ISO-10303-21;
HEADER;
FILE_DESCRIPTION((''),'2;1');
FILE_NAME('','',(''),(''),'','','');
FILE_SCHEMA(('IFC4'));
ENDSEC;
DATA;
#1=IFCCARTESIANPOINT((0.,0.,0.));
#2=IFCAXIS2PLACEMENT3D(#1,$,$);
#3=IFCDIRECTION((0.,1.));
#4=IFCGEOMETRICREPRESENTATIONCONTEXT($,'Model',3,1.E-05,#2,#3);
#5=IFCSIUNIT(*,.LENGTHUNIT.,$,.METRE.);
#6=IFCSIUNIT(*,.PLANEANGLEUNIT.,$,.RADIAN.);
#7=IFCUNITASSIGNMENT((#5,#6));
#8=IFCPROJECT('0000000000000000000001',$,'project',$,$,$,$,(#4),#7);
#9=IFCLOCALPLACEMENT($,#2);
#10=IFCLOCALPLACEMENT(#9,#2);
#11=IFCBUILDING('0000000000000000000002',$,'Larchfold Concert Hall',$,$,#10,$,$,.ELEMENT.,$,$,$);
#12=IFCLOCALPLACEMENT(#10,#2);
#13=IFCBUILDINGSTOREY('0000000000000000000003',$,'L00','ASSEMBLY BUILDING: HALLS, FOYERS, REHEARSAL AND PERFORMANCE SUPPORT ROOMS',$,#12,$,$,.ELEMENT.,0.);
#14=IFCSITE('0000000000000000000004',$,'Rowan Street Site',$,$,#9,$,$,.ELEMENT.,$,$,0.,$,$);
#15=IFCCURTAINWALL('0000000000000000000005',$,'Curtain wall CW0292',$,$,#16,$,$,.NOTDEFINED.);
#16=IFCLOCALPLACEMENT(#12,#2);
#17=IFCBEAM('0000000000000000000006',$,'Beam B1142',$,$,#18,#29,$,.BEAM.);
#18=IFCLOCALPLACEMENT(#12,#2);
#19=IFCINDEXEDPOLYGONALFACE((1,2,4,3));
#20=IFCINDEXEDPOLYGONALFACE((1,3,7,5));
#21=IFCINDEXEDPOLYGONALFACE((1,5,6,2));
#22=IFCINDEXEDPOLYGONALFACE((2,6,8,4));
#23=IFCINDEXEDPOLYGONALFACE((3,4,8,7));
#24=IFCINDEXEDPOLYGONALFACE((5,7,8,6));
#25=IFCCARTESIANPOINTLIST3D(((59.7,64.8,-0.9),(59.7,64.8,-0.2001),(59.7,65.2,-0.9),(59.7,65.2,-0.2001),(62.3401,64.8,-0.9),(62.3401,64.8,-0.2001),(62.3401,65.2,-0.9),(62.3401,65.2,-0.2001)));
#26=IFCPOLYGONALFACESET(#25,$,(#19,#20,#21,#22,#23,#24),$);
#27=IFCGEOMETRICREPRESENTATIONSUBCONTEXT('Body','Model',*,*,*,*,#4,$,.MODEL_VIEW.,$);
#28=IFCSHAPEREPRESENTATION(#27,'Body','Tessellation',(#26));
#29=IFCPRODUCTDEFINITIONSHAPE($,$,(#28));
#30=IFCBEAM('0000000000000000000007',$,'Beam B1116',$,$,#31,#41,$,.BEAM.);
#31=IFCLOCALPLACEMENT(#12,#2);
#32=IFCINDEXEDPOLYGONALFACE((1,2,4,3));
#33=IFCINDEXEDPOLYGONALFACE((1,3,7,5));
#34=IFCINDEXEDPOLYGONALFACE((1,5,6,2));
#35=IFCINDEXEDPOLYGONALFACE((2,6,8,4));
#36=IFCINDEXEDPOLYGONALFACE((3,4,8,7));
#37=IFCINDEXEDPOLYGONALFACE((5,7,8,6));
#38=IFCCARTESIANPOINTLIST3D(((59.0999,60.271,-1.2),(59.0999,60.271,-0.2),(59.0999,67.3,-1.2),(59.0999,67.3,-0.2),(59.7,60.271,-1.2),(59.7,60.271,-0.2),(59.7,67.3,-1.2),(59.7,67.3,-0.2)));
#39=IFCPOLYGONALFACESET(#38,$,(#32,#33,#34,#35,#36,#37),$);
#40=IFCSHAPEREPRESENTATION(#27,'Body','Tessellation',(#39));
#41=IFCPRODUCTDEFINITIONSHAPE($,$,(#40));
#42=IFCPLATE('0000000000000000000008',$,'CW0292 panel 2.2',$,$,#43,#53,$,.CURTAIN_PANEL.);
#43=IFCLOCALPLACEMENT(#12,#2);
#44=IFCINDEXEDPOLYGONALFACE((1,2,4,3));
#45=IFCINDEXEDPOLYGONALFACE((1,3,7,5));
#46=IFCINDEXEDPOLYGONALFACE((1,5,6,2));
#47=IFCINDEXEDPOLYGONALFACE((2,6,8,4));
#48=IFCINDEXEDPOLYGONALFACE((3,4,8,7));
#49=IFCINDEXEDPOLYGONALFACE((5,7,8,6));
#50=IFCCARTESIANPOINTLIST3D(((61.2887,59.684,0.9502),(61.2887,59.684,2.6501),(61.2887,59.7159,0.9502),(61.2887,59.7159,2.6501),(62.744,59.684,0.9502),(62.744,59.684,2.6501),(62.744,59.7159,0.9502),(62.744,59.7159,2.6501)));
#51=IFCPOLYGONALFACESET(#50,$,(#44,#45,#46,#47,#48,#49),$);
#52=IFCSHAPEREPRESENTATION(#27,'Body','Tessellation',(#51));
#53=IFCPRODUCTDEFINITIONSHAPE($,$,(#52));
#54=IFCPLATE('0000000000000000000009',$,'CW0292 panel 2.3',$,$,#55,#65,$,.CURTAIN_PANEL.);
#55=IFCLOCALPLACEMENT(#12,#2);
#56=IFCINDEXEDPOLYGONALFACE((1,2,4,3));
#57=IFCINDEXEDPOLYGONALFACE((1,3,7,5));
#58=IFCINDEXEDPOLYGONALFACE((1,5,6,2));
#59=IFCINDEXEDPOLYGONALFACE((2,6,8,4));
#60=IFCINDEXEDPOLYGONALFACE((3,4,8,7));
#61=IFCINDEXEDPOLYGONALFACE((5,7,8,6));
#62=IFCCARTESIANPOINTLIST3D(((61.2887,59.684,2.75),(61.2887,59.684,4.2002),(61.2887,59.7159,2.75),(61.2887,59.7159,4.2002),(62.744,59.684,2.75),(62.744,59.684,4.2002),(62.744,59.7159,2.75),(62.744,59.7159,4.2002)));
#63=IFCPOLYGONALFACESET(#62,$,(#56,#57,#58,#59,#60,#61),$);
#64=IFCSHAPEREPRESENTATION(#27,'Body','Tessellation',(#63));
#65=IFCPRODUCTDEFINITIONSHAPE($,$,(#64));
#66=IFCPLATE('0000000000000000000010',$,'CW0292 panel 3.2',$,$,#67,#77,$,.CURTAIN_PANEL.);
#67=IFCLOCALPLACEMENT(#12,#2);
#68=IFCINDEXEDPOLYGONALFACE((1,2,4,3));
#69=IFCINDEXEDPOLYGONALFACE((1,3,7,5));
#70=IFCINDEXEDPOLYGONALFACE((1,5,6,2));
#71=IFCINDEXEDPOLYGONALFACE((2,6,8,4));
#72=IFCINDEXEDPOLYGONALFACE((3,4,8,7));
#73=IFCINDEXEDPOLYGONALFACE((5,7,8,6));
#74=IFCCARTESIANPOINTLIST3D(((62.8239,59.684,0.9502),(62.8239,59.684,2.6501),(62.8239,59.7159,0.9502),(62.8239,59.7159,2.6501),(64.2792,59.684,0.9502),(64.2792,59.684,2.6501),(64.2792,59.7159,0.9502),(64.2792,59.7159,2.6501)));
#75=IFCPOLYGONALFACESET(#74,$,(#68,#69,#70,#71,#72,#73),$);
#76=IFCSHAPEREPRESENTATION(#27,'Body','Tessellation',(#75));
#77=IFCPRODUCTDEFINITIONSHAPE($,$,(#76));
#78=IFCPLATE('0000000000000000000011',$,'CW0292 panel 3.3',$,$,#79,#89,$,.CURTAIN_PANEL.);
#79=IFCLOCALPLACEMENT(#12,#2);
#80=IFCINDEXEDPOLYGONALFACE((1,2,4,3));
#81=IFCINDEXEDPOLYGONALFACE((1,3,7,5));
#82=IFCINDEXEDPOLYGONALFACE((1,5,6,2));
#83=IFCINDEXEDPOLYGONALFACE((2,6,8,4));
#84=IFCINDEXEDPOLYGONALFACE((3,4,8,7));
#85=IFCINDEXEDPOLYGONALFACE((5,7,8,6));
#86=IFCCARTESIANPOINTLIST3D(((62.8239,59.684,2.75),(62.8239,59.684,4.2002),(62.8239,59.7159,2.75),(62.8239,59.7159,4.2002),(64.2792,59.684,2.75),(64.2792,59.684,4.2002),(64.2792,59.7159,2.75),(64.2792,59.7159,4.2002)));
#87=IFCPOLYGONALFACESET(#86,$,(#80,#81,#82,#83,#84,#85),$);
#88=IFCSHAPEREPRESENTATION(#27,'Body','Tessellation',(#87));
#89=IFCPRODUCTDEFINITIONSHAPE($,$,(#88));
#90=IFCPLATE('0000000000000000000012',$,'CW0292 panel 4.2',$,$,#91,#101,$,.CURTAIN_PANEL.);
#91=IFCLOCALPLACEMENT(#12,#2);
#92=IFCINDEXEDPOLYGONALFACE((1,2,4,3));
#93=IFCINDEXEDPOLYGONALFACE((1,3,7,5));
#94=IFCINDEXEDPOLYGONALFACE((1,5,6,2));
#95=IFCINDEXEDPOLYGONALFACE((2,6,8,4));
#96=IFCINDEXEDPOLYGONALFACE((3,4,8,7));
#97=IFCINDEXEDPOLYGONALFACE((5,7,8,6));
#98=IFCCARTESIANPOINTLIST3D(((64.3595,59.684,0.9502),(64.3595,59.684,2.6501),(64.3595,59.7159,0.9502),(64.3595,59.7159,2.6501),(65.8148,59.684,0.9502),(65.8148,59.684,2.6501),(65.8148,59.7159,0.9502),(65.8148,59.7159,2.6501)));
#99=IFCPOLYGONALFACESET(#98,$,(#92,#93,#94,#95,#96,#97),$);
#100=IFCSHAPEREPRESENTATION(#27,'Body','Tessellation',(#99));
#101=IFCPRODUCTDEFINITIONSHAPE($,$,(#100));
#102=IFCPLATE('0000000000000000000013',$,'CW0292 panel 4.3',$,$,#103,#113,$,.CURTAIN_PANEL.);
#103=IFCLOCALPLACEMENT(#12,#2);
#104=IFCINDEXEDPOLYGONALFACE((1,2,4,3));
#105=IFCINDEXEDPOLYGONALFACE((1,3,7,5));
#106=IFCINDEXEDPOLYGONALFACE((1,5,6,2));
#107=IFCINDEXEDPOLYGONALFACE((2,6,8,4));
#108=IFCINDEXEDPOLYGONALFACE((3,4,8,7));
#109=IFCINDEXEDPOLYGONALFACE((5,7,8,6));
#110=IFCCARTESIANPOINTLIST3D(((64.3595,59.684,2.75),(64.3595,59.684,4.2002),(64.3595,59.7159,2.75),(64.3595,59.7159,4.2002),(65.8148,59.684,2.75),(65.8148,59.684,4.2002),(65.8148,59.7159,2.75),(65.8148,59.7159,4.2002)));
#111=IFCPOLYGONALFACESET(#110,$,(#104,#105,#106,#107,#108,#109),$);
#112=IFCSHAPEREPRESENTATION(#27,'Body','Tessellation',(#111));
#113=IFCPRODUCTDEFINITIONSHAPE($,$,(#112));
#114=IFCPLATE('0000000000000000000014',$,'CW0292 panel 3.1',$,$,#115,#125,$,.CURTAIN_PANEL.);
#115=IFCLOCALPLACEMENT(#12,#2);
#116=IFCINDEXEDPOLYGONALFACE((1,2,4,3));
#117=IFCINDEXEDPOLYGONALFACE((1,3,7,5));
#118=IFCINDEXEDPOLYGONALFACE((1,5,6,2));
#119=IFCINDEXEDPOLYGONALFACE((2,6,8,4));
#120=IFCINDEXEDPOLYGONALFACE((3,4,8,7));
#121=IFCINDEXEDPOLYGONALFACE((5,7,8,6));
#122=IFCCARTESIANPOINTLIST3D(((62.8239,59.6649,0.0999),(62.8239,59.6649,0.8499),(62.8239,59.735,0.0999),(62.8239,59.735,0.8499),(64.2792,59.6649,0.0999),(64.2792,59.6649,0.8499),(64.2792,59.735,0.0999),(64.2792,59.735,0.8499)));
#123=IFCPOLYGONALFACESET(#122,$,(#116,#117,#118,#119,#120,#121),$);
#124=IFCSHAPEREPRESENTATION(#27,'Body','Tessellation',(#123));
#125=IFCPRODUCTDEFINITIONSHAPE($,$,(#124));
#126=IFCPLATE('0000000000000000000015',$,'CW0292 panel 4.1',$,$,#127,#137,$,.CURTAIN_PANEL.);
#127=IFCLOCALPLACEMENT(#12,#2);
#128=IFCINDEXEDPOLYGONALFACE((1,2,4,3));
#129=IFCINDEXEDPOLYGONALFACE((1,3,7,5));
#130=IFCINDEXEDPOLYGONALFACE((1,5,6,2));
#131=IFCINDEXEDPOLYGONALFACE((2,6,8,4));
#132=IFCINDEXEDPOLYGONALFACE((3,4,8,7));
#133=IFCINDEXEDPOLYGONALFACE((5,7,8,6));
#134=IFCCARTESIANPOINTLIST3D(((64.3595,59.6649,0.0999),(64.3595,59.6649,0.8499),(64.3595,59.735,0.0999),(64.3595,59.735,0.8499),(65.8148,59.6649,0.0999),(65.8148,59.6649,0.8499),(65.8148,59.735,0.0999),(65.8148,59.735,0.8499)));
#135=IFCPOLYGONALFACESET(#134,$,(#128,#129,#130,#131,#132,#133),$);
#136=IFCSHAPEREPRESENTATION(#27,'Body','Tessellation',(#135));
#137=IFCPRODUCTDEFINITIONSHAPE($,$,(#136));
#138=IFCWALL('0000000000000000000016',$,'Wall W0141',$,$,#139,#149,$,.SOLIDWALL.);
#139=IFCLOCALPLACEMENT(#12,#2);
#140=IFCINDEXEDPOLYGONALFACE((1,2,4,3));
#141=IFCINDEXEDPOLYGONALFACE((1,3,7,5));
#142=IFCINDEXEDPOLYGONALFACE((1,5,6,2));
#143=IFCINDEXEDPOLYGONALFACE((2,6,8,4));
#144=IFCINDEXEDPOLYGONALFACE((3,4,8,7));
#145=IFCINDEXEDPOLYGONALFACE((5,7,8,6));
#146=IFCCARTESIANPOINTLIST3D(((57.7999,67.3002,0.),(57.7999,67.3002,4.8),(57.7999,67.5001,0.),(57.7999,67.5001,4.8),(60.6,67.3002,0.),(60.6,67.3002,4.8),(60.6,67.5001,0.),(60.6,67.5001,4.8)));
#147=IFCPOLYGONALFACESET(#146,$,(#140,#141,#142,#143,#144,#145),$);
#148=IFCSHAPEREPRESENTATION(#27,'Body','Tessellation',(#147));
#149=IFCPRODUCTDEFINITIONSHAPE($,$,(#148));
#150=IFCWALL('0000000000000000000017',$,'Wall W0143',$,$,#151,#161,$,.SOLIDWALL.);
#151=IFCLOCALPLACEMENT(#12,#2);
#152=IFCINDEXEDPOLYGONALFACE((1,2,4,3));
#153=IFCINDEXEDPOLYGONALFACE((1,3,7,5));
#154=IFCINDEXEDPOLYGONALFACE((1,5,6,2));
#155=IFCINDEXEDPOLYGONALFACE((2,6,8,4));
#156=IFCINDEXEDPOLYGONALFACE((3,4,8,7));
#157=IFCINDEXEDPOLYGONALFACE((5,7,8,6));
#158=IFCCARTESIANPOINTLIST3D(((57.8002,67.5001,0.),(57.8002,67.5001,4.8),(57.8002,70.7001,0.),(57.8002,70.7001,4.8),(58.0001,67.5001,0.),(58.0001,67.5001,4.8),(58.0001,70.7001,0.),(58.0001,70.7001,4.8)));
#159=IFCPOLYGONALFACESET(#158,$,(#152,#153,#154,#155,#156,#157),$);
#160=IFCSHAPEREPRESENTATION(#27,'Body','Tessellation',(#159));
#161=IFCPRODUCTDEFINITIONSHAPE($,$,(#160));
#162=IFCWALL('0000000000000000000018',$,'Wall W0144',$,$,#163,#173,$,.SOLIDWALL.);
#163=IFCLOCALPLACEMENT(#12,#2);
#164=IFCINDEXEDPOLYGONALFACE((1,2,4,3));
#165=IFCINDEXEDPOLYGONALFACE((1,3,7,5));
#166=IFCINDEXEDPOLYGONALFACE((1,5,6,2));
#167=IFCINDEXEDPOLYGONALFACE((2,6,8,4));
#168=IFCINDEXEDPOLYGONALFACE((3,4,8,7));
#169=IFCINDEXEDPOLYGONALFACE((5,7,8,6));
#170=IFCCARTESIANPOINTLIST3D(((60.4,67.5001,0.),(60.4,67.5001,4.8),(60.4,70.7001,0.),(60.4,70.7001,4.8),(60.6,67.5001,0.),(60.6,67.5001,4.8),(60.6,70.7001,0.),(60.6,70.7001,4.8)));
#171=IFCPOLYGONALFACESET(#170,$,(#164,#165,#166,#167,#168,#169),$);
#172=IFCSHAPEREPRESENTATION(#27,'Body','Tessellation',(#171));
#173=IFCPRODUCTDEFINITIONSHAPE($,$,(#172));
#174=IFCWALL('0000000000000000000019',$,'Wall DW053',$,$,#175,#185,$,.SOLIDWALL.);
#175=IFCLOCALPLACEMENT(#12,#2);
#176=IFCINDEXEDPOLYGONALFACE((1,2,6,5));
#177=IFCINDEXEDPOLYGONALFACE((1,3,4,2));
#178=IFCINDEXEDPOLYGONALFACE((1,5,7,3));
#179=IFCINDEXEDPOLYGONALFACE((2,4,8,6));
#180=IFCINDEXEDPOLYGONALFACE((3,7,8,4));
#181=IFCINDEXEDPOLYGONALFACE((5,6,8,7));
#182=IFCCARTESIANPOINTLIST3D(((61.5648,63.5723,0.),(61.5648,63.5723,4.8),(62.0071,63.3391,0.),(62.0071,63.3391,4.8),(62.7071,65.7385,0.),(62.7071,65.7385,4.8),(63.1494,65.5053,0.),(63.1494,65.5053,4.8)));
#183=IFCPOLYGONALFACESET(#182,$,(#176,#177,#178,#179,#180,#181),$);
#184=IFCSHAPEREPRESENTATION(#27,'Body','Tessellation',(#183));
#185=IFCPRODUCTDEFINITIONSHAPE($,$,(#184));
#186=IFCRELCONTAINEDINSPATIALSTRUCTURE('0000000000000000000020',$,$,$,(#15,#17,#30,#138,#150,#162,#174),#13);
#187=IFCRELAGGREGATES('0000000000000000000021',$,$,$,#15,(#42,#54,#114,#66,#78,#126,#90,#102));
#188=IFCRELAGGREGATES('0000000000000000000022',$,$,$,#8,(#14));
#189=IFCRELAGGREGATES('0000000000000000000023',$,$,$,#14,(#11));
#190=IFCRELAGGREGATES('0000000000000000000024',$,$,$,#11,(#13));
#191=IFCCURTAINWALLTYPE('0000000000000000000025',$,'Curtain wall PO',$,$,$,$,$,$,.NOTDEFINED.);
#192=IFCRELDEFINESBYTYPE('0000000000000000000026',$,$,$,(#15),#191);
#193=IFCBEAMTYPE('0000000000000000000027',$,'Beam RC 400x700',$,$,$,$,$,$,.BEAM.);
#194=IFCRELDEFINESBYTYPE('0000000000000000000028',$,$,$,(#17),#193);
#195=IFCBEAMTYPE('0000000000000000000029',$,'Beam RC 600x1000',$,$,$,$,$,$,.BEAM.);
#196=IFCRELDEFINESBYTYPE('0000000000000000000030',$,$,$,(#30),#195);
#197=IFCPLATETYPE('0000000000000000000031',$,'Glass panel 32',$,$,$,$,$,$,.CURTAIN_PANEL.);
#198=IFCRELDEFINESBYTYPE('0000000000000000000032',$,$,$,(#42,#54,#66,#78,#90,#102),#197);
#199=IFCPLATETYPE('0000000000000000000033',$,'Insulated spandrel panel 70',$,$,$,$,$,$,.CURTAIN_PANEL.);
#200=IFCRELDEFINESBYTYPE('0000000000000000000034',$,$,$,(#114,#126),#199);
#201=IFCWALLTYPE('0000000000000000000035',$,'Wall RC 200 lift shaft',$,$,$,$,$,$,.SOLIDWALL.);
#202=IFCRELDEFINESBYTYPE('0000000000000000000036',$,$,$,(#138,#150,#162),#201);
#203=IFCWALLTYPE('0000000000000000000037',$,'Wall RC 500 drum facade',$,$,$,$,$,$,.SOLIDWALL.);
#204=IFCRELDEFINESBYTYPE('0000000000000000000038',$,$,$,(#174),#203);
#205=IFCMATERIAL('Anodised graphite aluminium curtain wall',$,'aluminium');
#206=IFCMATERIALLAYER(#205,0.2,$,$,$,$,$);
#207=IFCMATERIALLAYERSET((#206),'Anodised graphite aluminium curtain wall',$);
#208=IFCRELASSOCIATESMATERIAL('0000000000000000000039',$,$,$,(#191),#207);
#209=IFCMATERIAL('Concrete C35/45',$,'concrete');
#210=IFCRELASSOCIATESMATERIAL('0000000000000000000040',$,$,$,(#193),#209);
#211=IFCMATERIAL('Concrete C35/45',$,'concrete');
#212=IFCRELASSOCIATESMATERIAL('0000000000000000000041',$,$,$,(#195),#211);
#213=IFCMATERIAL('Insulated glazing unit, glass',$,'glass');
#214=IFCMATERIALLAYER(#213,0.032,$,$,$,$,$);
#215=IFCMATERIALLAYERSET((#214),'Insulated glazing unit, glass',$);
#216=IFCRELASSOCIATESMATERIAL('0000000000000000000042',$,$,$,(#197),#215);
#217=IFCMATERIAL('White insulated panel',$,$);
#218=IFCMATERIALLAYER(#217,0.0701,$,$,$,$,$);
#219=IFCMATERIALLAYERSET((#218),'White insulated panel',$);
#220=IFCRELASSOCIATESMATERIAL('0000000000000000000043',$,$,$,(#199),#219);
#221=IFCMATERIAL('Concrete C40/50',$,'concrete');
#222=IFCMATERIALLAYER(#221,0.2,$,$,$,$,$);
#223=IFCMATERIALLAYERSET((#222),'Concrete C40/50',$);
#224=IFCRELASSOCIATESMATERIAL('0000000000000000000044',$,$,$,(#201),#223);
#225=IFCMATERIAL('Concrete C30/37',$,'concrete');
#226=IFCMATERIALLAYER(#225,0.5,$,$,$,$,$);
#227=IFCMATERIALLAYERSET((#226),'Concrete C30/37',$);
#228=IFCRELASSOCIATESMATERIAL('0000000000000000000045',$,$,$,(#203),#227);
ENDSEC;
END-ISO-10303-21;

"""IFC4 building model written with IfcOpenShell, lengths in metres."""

from ifc_helpers import new_model, si_unit, direction, frame, frame_2d, origin, origin_2d, place, context, subcontext, project, spatial, rectangle, extrude, material, layer, layer_set, material_profile, profile_set, type_object, element, aggregate, save


model = new_model("IFC4")

# Units and contexts
model_context = context("Model", 3, precision=1e-05, world=origin(), true_north=direction((0.0, 1.0)))
body_context = subcontext(model_context, "Body", "Model", "MODEL_VIEW")
ifc_project = project(units=[si_unit("LENGTHUNIT", "METRE"), si_unit("PLANEANGLEUNIT", "RADIAN")], contexts=[model_context])

# Site, building, storey
site_placement = place(None, origin())
site = spatial("IfcSite", under=ifc_project, at=site_placement, Name="Rowan Street Site", CompositionType="ELEMENT", RefElevation=0.0)
building_placement = place(site_placement, origin())
building = spatial("IfcBuilding", under=site, at=building_placement, Name="Larchfold Concert Hall", CompositionType="ELEMENT")
storey_placement = place(building_placement, origin())
storey = spatial("IfcBuildingStorey", under=building, at=storey_placement, Name="L00", Description="ASSEMBLY BUILDING: HALLS, FOYERS, REHEARSAL AND PERFORMANCE SUPPORT ROOMS", CompositionType="ELEMENT", Elevation=0.0)

# Curtain wall
ifc_material_1 = material(Name="Anodised graphite aluminium curtain wall", Category="aluminium")
ifc_layer_1 = layer(ifc_material_1, 0.2)
ifc_layer_set_1 = layer_set([ifc_layer_1], Name="Anodised graphite aluminium curtain wall")
curtain_wall_type = type_object("IfcCurtainWallType", Name="Curtain wall PO", PredefinedType="NOTDEFINED", material=ifc_layer_set_1)
curtain_wall_placement = place(storey_placement, origin())
curtain_wall = element("IfcCurtainWall", 1, at=curtain_wall_placement, inside=storey, type_object=curtain_wall_type, Name="Curtain wall CW0292", PredefinedType="NOTDEFINED")

# Beams
ifc_material_2 = material(Name="Concrete C35/45", Category="concrete")
ifc_material_profile_1 = material_profile(ifc_material_2, rectangle(XDim=0.3999, YDim=0.7, at=origin_2d()))
ifc_profile_set_1 = profile_set([ifc_material_profile_1], Name="Concrete C35/45")
beam_type_1 = type_object("IfcBeamType", Name="Beam RC 400x700", PredefinedType="BEAM", material=ifc_profile_set_1)
beam_1_placement = place(storey_placement, frame((59.7, 65.0, -0.55), z_axis=(1.0, 0.0, 0.0), x_axis=(0.0, 1.0, 0.0)))
element("IfcBeam", 2, at=beam_1_placement, inside=storey, type_object=beam_type_1, Name="Beam B1142", PredefinedType="BEAM", context=body_context, shape_type="SweptSolid", body=[
    extrude(rectangle(XDim=0.3999, YDim=0.7, at=origin_2d()), origin(), (0.0, 0.0, 1.0), 2.6401),
])
ifc_material_3 = material(Name="Concrete C35/45", Category="concrete")
ifc_material_profile_2 = material_profile(ifc_material_3, rectangle(XDim=0.6001, YDim=1.0, at=origin_2d()))
ifc_profile_set_2 = profile_set([ifc_material_profile_2], Name="Concrete C35/45")
beam_type_2 = type_object("IfcBeamType", Name="Beam RC 600x1000", PredefinedType="BEAM", material=ifc_profile_set_2)
beam_2_placement = place(storey_placement, frame((59.3999, 60.271, -0.7), z_axis=(0.0, 1.0, 0.0), x_axis=(-1.0, 0.0, 0.0)))
element("IfcBeam", 3, at=beam_2_placement, inside=storey, type_object=beam_type_2, Name="Beam B1116", PredefinedType="BEAM", context=body_context, shape_type="SweptSolid", body=[
    extrude(rectangle(XDim=0.6001, YDim=1.0, at=origin_2d()), origin(), (0.0, 0.0, 1.0), 7.0291),
])

# Plates
ifc_material_4 = material(Name="Insulated glazing unit, glass", Category="glass")
ifc_layer_2 = layer(ifc_material_4, 0.032)
ifc_layer_set_2 = layer_set([ifc_layer_2], Name="Insulated glazing unit, glass")
plate_type_1 = type_object("IfcPlateType", Name="Glass panel 32", PredefinedType="CURTAIN_PANEL", material=ifc_layer_set_2)
plate_1_placement = place(storey_placement, frame((62.0164, 59.7, 0.9502), z_axis=(0.0, 0.0, 1.0), x_axis=(1.0, 0.0, 0.0)))
plate_1 = element("IfcPlate", 4, at=plate_1_placement, type_object=plate_type_1, Name="CW0292 panel 2.2", PredefinedType="CURTAIN_PANEL", context=body_context, shape_type="SweptSolid", body=[
    extrude(rectangle(XDim=1.4553, YDim=0.032, at=origin_2d()), origin(), (0.0, 0.0, 1.0), 1.7),
])
plate_2_placement = place(storey_placement, frame((62.0164, 59.7, 2.75), z_axis=(0.0, 0.0, 1.0), x_axis=(1.0, 0.0, 0.0)))
plate_2 = element("IfcPlate", 5, at=plate_2_placement, type_object=plate_type_1, Name="CW0292 panel 2.3", PredefinedType="CURTAIN_PANEL", context=body_context, shape_type="SweptSolid", body=[
    extrude(rectangle(XDim=1.4553, YDim=0.032, at=origin_2d()), origin(), (0.0, 0.0, 1.0), 1.4502),
])
plate_3_placement = place(storey_placement, frame((63.5515, 59.7, 0.9502), z_axis=(0.0, 0.0, 1.0), x_axis=(1.0, 0.0, 0.0)))
plate_3 = element("IfcPlate", 6, at=plate_3_placement, type_object=plate_type_1, Name="CW0292 panel 3.2", PredefinedType="CURTAIN_PANEL", context=body_context, shape_type="SweptSolid", body=[
    extrude(rectangle(XDim=1.4553, YDim=0.032, at=origin_2d()), origin(), (0.0, 0.0, 1.0), 1.7),
])
plate_4_placement = place(storey_placement, frame((63.5515, 59.7, 2.75), z_axis=(0.0, 0.0, 1.0), x_axis=(1.0, 0.0, 0.0)))
plate_4 = element("IfcPlate", 7, at=plate_4_placement, type_object=plate_type_1, Name="CW0292 panel 3.3", PredefinedType="CURTAIN_PANEL", context=body_context, shape_type="SweptSolid", body=[
    extrude(rectangle(XDim=1.4553, YDim=0.032, at=origin_2d()), origin(), (0.0, 0.0, 1.0), 1.4502),
])
plate_5_placement = place(storey_placement, frame((65.0872, 59.7, 0.9502), z_axis=(0.0, 0.0, 1.0), x_axis=(1.0, 0.0, 0.0)))
plate_5 = element("IfcPlate", 8, at=plate_5_placement, type_object=plate_type_1, Name="CW0292 panel 4.2", PredefinedType="CURTAIN_PANEL", context=body_context, shape_type="SweptSolid", body=[
    extrude(rectangle(XDim=1.4553, YDim=0.032, at=origin_2d()), origin(), (0.0, 0.0, 1.0), 1.7),
])
plate_6_placement = place(storey_placement, frame((65.0872, 59.7, 2.75), z_axis=(0.0, 0.0, 1.0), x_axis=(1.0, 0.0, 0.0)))
plate_6 = element("IfcPlate", 9, at=plate_6_placement, type_object=plate_type_1, Name="CW0292 panel 4.3", PredefinedType="CURTAIN_PANEL", context=body_context, shape_type="SweptSolid", body=[
    extrude(rectangle(XDim=1.4553, YDim=0.032, at=origin_2d()), origin(), (0.0, 0.0, 1.0), 1.4502),
])
ifc_material_5 = material(Name="White insulated panel")
ifc_layer_3 = layer(ifc_material_5, 0.0701)
ifc_layer_set_3 = layer_set([ifc_layer_3], Name="White insulated panel")
plate_type_2 = type_object("IfcPlateType", Name="Insulated spandrel panel 70", PredefinedType="CURTAIN_PANEL", material=ifc_layer_set_3)
plate_7_placement = place(storey_placement, frame((63.5515, 59.7, 0.0999), z_axis=(0.0, 0.0, 1.0), x_axis=(1.0, 0.0, 0.0)))
plate_7 = element("IfcPlate", 10, at=plate_7_placement, type_object=plate_type_2, Name="CW0292 panel 3.1", PredefinedType="CURTAIN_PANEL", context=body_context, shape_type="SweptSolid", body=[
    extrude(rectangle(XDim=1.4553, YDim=0.0701, at=origin_2d()), origin(), (0.0, 0.0, 1.0), 0.75),
])
plate_8_placement = place(storey_placement, frame((65.0872, 59.7, 0.0999), z_axis=(0.0, 0.0, 1.0), x_axis=(1.0, 0.0, 0.0)))
plate_8 = element("IfcPlate", 11, at=plate_8_placement, type_object=plate_type_2, Name="CW0292 panel 4.1", PredefinedType="CURTAIN_PANEL", context=body_context, shape_type="SweptSolid", body=[
    extrude(rectangle(XDim=1.4553, YDim=0.0701, at=origin_2d()), origin(), (0.0, 0.0, 1.0), 0.75),
])
aggregate(curtain_wall, [plate_1, plate_2, plate_7, plate_3, plate_4, plate_8, plate_5, plate_6])

# Walls
ifc_material_6 = material(Name="Concrete C40/50", Category="concrete")
ifc_layer_4 = layer(ifc_material_6, 0.2)
ifc_layer_set_4 = layer_set([ifc_layer_4], Name="Concrete C40/50")
wall_type_1 = type_object("IfcWallType", Name="Wall RC 200 lift shaft", PredefinedType="SOLIDWALL", material=ifc_layer_set_4)
wall_1_placement = place(storey_placement, frame((57.8, 67.4001, 0.0), z_axis=(0.0, 0.0, 1.0), x_axis=(1.0, 0.0, 0.0)))
element("IfcWall", 12, at=wall_1_placement, inside=storey, type_object=wall_type_1, Name="Wall W0141", PredefinedType="SOLIDWALL", context=body_context, shape_type="SweptSolid", body=[
    extrude(rectangle(XDim=2.8, YDim=0.2, at=frame_2d((1.3999, 0.0))), origin(), (0.0, 0.0, 1.0), 4.8),
])
for number, where, z_axis, x_axis, name in (
    (13, (57.9001, 67.5, 0.0), (0.0, 0.0, 1.0), (0.0, 1.0, 0.0), "Wall W0143"),
    (14, (60.5, 67.5, 0.0), (0.0, 0.0, 1.0), (0.0, 1.0, 0.0), "Wall W0144"),
):
    element("IfcWall", number, at=place(storey_placement, frame(where, z_axis=z_axis, x_axis=x_axis)), inside=storey, type_object=wall_type_1, Name=name, PredefinedType="SOLIDWALL", context=body_context, shape_type="SweptSolid", body=[
        extrude(rectangle(XDim=3.2, YDim=0.2, at=frame_2d((1.6001, 0.0))), origin(), (0.0, 0.0, 1.0), 4.8),
    ])

# Shared definitions
ifc_material_7 = material(Name="Concrete C30/37", Category="concrete")
ifc_layer_5 = layer(ifc_material_7, 0.5)
ifc_layer_set_5 = layer_set([ifc_layer_5], Name="Concrete C30/37")
wall_type_2 = type_object("IfcWallType", Name="Wall RC 500 drum facade", PredefinedType="SOLIDWALL", material=ifc_layer_set_5)

# Wall
wall_2_placement = place(storey_placement, frame((61.7859, 63.4556, 0.0), z_axis=(0.0, 0.0, 1.0), x_axis=(0.466449, 0.884548, 0.0)))
element("IfcWall", 15, at=wall_2_placement, inside=storey, type_object=wall_type_2, Name="Wall DW053", PredefinedType="SOLIDWALL", context=body_context, shape_type="SweptSolid", body=[
    extrude(rectangle(XDim=2.449, YDim=0.5, at=frame_2d((1.2246, 0.0))), origin(), (0.0, 0.0, 1.0), 4.8),
])

save(model, "model.ifc")
